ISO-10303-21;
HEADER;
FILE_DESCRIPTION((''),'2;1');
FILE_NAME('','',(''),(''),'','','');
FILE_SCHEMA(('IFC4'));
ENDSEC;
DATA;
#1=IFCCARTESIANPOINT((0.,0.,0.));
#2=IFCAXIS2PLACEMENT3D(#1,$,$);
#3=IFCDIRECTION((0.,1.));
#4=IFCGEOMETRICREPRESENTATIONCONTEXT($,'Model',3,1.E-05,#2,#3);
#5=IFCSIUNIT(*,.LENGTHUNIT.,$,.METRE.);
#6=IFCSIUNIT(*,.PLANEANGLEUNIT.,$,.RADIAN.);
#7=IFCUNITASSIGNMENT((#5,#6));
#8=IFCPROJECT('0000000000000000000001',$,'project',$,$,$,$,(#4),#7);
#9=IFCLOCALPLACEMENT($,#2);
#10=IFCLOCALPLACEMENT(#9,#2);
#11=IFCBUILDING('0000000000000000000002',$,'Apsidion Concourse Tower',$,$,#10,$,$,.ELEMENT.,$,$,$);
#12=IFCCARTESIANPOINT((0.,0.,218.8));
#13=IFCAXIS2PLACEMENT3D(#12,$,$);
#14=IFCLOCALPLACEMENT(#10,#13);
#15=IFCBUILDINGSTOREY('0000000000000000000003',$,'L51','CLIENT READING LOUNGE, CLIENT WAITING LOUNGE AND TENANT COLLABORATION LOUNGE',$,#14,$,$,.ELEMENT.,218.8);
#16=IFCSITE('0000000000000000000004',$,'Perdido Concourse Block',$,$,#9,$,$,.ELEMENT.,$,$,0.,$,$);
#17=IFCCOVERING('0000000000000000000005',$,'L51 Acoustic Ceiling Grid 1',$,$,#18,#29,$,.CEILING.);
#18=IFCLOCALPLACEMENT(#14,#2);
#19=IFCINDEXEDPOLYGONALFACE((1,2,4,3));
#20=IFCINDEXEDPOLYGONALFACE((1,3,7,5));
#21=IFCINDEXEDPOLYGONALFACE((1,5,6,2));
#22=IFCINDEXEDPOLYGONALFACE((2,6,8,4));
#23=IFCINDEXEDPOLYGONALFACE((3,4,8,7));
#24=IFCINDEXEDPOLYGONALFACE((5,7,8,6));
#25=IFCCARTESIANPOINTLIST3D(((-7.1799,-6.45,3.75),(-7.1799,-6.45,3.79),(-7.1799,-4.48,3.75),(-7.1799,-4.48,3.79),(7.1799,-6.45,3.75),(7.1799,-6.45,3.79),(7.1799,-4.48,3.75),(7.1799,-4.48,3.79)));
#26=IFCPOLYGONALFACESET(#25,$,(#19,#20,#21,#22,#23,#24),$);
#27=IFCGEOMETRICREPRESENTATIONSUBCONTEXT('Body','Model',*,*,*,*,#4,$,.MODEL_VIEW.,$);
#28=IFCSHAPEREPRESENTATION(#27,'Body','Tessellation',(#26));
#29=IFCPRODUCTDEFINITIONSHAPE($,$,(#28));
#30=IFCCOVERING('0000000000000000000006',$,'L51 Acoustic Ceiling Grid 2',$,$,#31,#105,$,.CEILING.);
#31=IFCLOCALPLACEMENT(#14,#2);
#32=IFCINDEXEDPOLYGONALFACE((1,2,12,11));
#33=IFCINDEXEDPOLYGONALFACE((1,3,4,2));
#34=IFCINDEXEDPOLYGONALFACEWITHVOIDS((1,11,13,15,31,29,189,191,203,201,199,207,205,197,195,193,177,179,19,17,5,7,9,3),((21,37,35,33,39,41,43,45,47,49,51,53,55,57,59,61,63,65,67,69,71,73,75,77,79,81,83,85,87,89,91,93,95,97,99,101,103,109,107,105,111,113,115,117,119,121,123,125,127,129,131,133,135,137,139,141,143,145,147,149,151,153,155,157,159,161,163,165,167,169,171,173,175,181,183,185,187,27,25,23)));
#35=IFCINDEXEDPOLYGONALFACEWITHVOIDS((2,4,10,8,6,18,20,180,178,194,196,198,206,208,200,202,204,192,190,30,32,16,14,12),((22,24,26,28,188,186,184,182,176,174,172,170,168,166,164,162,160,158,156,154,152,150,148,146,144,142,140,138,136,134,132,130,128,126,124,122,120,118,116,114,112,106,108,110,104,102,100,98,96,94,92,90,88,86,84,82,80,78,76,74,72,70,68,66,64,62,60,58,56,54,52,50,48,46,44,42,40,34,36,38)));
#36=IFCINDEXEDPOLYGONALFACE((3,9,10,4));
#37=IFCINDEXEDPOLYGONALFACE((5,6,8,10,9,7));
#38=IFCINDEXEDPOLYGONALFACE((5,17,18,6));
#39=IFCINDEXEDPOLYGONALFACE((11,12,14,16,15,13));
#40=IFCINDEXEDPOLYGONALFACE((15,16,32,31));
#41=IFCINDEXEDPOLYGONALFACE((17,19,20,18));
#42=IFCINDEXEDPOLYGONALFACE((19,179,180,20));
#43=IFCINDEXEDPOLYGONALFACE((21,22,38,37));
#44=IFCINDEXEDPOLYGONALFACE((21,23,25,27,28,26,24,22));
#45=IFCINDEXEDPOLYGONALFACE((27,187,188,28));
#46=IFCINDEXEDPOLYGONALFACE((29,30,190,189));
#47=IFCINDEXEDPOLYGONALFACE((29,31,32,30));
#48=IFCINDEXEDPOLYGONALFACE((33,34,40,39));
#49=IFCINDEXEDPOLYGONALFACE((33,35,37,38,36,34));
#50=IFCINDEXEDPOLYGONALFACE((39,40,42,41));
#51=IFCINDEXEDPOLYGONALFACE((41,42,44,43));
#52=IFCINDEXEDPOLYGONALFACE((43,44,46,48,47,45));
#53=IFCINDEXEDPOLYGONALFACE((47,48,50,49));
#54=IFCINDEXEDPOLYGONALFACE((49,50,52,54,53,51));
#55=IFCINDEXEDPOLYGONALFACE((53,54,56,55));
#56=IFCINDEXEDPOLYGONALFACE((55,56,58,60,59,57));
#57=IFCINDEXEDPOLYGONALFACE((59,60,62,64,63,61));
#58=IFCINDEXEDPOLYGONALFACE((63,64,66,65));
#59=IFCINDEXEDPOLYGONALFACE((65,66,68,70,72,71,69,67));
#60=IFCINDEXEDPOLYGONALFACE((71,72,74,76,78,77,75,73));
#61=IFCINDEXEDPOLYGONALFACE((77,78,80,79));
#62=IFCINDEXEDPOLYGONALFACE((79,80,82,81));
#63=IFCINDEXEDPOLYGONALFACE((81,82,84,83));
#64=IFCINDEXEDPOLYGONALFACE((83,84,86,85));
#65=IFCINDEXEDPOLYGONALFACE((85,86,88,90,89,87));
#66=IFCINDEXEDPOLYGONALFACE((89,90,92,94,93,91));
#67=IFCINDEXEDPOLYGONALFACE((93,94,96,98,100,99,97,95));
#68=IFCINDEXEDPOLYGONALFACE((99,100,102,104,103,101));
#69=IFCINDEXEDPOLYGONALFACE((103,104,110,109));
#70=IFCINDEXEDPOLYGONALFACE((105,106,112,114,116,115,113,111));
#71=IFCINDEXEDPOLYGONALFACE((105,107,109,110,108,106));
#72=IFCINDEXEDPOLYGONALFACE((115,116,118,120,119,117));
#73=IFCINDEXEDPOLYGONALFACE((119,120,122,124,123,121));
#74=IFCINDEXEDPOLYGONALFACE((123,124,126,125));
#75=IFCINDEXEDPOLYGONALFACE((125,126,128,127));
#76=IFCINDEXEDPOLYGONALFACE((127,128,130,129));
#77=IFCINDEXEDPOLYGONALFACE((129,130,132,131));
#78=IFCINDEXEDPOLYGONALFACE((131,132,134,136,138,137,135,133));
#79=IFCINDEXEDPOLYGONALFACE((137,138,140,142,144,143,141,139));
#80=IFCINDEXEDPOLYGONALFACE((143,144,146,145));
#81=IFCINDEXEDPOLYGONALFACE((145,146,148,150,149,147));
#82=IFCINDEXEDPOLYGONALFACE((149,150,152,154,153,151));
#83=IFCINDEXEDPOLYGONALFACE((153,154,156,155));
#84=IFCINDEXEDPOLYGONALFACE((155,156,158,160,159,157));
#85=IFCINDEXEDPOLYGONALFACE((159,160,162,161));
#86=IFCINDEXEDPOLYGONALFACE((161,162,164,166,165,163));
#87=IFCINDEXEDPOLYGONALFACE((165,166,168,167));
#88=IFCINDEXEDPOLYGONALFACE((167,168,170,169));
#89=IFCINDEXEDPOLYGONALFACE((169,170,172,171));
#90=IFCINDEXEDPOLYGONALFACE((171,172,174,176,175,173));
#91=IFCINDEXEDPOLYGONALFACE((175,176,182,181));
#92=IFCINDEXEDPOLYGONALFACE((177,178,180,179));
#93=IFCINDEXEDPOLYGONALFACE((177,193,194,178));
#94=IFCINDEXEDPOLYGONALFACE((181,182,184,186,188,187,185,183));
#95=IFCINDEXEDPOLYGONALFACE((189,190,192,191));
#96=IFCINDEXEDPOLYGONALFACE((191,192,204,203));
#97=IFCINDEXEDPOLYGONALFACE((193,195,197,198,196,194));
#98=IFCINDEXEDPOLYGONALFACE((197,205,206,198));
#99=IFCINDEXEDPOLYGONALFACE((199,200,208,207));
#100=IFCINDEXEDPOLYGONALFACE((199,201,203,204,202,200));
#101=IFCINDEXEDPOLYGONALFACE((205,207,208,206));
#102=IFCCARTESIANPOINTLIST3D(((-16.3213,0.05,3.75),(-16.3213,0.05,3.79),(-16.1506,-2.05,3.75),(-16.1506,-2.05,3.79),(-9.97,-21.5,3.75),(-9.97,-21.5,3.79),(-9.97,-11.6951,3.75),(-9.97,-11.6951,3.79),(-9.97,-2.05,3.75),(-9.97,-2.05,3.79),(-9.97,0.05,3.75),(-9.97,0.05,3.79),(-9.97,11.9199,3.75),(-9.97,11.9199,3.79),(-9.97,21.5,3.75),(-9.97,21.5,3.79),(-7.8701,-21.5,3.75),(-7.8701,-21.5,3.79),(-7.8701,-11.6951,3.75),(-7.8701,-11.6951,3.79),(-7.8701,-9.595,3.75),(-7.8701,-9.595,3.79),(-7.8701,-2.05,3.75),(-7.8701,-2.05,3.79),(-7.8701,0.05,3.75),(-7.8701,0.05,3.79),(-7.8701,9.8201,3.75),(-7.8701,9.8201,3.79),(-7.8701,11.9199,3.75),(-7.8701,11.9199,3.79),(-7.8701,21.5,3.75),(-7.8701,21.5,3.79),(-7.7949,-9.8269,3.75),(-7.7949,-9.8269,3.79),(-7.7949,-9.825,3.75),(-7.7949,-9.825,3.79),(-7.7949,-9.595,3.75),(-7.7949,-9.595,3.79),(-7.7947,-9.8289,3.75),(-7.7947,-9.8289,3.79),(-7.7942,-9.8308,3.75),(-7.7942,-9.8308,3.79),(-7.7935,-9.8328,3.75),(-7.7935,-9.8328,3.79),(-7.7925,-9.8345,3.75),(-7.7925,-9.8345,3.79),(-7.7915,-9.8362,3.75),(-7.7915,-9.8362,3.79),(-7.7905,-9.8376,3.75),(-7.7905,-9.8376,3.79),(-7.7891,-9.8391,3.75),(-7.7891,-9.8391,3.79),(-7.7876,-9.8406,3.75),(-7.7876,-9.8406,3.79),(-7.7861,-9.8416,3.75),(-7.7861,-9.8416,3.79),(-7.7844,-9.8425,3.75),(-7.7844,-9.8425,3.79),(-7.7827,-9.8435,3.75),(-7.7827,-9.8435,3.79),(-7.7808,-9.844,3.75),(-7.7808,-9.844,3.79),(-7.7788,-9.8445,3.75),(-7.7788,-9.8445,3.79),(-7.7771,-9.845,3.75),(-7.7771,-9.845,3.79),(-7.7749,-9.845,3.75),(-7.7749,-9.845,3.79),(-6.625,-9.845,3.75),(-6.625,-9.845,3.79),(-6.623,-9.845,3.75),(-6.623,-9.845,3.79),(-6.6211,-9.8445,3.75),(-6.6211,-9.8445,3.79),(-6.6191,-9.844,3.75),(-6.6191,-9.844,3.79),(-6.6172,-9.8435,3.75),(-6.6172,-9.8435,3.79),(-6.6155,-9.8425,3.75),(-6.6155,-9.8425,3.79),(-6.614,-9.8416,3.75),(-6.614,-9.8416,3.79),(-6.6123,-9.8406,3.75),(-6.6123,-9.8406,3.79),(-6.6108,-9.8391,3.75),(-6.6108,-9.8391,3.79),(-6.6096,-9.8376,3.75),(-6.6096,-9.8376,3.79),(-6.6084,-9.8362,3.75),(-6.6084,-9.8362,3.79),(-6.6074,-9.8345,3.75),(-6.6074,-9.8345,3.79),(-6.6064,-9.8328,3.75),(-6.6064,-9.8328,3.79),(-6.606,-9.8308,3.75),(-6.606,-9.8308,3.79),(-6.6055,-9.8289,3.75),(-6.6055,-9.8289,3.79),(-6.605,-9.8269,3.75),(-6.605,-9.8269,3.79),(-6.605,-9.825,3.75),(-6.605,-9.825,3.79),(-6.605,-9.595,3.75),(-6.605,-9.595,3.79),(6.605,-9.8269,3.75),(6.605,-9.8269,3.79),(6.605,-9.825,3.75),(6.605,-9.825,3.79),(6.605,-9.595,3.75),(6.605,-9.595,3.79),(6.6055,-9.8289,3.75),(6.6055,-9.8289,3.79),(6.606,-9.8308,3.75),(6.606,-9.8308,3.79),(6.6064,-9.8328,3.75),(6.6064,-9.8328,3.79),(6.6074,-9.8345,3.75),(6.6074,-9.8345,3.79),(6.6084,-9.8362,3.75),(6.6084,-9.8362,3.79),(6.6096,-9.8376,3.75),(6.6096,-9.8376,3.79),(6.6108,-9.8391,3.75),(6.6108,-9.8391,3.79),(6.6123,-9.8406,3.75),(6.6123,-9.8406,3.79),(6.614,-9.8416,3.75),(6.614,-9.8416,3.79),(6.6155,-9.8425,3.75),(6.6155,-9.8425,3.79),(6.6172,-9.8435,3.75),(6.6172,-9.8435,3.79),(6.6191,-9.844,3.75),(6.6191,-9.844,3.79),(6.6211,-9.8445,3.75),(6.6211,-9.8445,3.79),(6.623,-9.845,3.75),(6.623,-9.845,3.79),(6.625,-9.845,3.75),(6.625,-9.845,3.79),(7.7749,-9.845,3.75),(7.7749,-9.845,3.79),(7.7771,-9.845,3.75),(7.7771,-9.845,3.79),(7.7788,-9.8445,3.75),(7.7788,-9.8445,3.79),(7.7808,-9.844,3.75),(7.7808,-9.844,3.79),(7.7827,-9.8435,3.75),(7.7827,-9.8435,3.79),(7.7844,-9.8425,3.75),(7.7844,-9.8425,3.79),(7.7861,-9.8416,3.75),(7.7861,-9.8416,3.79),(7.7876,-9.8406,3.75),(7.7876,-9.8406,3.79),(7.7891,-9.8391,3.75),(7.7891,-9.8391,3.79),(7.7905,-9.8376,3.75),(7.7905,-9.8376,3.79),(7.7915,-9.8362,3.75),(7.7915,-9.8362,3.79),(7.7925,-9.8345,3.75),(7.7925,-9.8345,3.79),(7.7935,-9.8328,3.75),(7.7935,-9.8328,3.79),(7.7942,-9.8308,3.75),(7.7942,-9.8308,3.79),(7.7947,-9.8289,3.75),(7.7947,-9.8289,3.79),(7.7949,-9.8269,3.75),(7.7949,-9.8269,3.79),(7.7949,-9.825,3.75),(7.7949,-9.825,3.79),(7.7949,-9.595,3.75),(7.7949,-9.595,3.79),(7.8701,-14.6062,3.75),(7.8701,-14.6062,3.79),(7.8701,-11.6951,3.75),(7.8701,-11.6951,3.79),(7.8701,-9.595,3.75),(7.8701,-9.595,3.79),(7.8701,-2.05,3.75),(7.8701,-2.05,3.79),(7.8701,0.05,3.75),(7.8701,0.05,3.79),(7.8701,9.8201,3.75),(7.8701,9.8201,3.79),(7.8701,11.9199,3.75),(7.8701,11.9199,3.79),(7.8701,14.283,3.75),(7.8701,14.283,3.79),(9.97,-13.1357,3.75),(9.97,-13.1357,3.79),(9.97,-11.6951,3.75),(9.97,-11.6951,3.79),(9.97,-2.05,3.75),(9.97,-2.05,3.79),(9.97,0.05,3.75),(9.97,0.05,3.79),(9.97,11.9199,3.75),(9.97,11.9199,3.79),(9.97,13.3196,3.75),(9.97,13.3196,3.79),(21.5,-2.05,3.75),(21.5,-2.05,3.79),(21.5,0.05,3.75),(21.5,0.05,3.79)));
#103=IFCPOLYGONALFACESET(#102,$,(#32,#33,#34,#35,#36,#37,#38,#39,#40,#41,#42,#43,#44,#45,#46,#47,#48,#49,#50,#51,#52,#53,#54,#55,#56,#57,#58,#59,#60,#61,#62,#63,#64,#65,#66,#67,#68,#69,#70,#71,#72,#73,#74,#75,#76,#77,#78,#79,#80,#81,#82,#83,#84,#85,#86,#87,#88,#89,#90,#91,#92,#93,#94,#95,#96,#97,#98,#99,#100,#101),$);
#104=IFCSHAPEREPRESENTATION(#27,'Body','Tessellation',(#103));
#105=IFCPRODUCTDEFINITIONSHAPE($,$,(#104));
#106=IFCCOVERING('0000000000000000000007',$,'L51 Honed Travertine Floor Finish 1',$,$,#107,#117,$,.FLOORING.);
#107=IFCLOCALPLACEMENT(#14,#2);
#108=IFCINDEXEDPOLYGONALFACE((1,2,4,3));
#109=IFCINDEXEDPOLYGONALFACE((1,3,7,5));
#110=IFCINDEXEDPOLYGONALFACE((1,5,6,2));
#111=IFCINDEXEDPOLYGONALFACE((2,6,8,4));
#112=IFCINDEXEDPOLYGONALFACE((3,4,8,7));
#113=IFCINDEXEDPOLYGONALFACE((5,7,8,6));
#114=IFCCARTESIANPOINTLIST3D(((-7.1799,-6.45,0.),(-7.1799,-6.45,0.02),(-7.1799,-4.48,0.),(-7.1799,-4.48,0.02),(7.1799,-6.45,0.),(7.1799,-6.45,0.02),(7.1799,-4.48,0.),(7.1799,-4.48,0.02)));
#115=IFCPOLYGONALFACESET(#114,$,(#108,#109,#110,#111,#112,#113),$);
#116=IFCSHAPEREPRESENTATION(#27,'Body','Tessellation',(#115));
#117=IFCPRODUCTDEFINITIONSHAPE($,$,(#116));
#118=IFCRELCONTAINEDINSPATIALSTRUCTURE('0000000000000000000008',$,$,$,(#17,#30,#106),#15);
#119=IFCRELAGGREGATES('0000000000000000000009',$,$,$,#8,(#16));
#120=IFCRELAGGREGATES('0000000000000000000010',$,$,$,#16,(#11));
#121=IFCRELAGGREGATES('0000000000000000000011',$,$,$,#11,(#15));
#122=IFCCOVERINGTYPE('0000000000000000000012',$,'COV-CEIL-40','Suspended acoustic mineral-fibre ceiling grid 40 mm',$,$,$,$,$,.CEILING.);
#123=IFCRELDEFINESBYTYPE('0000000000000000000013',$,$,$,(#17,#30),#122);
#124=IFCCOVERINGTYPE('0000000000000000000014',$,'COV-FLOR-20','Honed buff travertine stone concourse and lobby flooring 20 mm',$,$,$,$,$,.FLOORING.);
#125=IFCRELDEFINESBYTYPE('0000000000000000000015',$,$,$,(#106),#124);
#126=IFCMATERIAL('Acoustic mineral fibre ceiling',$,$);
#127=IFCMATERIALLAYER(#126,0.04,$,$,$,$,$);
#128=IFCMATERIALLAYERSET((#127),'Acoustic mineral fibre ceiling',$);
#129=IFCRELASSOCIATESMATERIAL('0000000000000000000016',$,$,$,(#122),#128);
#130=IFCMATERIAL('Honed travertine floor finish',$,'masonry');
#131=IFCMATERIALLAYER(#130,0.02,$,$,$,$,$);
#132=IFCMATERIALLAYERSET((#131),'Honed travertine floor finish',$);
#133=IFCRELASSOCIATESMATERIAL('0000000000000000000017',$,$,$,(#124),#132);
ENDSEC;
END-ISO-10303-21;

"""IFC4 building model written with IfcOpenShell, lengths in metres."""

from ifc_helpers import new_model, si_unit, direction, frame, origin, place, context, subcontext, project, spatial, polyline, outline, extrude, material, layer, layer_set, type_object, element, save


model = new_model("IFC4")

# Units and contexts
model_context = context("Model", 3, precision=1e-05, world=origin(), true_north=direction((0.0, 1.0)))
body_context = subcontext(model_context, "Body", "Model", "MODEL_VIEW")
ifc_project = project(units=[si_unit("LENGTHUNIT", "METRE"), si_unit("PLANEANGLEUNIT", "RADIAN")], contexts=[model_context])

# Site, building, storey
site_placement = place(None, origin())
site = spatial("IfcSite", under=ifc_project, at=site_placement, Name="Perdido Concourse Block", CompositionType="ELEMENT", RefElevation=0.0)
building_placement = place(site_placement, origin())
building = spatial("IfcBuilding", under=site, at=building_placement, Name="Apsidion Concourse Tower", CompositionType="ELEMENT")
storey_placement = place(building_placement, frame((0.0, 0.0, 218.8)))
storey = spatial("IfcBuildingStorey", under=building, at=storey_placement, Name="L51", Description="CLIENT READING LOUNGE, CLIENT WAITING LOUNGE AND TENANT COLLABORATION LOUNGE", CompositionType="ELEMENT", Elevation=218.8)

# Coverings
ifc_material_1 = material(Name="Acoustic mineral fibre ceiling")
ifc_layer_1 = layer(ifc_material_1, 0.04)
ifc_layer_set_1 = layer_set([ifc_layer_1], Name="Acoustic mineral fibre ceiling")
covering_type_1 = type_object("IfcCoveringType", Name="COV-CEIL-40", Description="Suspended acoustic mineral-fibre ceiling grid 40 mm", PredefinedType="CEILING", material=ifc_layer_set_1)
covering_1_placement = place(storey_placement, frame((0.0, 0.0, 3.75)))
element("IfcCovering", 1, at=covering_1_placement, inside=storey, type_object=covering_type_1, Name="L51 Acoustic Ceiling Grid 1", PredefinedType="CEILING", context=body_context, shape_type="SweptSolid", body=[
    extrude(outline(polyline([(-7.1799, -6.45), (-7.1799, -4.48), (7.1799, -4.48), (7.1799, -6.45), (-7.1799, -6.45)])), origin(), (0.0, 0.0, 1.0), 0.04),
])
covering_2_placement = place(storey_placement, frame((0.0, 0.0, 3.75)))
element("IfcCovering", 2, at=covering_2_placement, inside=storey, type_object=covering_type_1, Name="L51 Acoustic Ceiling Grid 2", PredefinedType="CEILING", context=body_context, shape_type="SweptSolid", body=[
    extrude(outline(polyline([(9.97, -13.1357), (7.8701, -14.6062), (7.8701, -11.6951), (-7.8701, -11.6951), (-7.8701, -21.5), (-9.97, -21.5), (-9.97, -11.6951), (-9.97, -2.05), (-16.1506, -2.05), (-16.3213, 0.05), (-9.97, 0.05), (-9.97, 11.9199), (-9.97, 21.5), (-7.8701, 21.5), (-7.8701, 11.9199), (7.8701, 11.9199), (7.8701, 14.283), (9.97, 13.3196), (9.97, 11.9199), (9.97, 0.05), (21.5, 0.05), (21.5, -2.05), (9.97, -2.05), (9.97, -11.6951), (9.97, -13.1357)]), holes=[polyline([(7.8701, -2.05), (7.8701, 0.05), (7.8701, 9.8201), (-7.8701, 9.8201), (-7.8701, 0.05), (-7.8701, -2.05), (-7.8701, -9.595), (-7.7949, -9.595), (-7.7949, -9.825), (-7.7949, -9.8269), (-7.7947, -9.8289), (-7.7942, -9.8308), (-7.7935, -9.8328), (-7.7925, -9.8345), (-7.7915, -9.8362), (-7.7905, -9.8376), (-7.7891, -9.8391), (-7.7876, -9.8406), (-7.7861, -9.8416), (-7.7844, -9.8425), (-7.7827, -9.8435), (-7.7808, -9.844), (-7.7788, -9.8445), (-7.7771, -9.845), (-7.7749, -9.845), (-6.625, -9.845), (-6.623, -9.845), (-6.6211, -9.8445), (-6.6191, -9.844), (-6.6172, -9.8435), (-6.6155, -9.8425), (-6.614, -9.8416), (-6.6123, -9.8406), (-6.6108, -9.8391), (-6.6096, -9.8376), (-6.6084, -9.8362), (-6.6074, -9.8345), (-6.6064, -9.8328), (-6.606, -9.8308), (-6.6055, -9.8289), (-6.605, -9.8269), (-6.605, -9.825), (-6.605, -9.595), (6.605, -9.595), (6.605, -9.825), (6.605, -9.8269), (6.6055, -9.8289), (6.606, -9.8308), (6.6064, -9.8328), (6.6074, -9.8345), (6.6084, -9.8362), (6.6096, -9.8376), (6.6108, -9.8391), (6.6123, -9.8406), (6.614, -9.8416), (6.6155, -9.8425), (6.6172, -9.8435), (6.6191, -9.844), (6.6211, -9.8445), (6.623, -9.845), (6.625, -9.845), (7.7749, -9.845), (7.7771, -9.845), (7.7788, -9.8445), (7.7808, -9.844), (7.7827, -9.8435), (7.7844, -9.8425), (7.7861, -9.8416), (7.7876, -9.8406), (7.7891, -9.8391), (7.7905, -9.8376), (7.7915, -9.8362), (7.7925, -9.8345), (7.7935, -9.8328), (7.7942, -9.8308), (7.7947, -9.8289), (7.7949, -9.8269), (7.7949, -9.825), (7.7949, -9.595), (7.8701, -9.595), (7.8701, -2.05)])]), origin(), (0.0, 0.0, 1.0), 0.04),
])
ifc_material_2 = material(Name="Honed travertine floor finish", Category="masonry")
ifc_layer_2 = layer(ifc_material_2, 0.02)
ifc_layer_set_2 = layer_set([ifc_layer_2], Name="Honed travertine floor finish")
covering_type_2 = type_object("IfcCoveringType", Name="COV-FLOR-20", Description="Honed buff travertine stone concourse and lobby flooring 20 mm", PredefinedType="FLOORING", material=ifc_layer_set_2)
covering_3_placement = place(storey_placement, origin())
element("IfcCovering", 3, at=covering_3_placement, inside=storey, type_object=covering_type_2, Name="L51 Honed Travertine Floor Finish 1", PredefinedType="FLOORING", context=body_context, shape_type="SweptSolid", body=[
    extrude(outline(polyline([(-7.1799, -6.45), (-7.1799, -4.48), (7.1799, -4.48), (7.1799, -6.45), (-7.1799, -6.45)])), origin(), (0.0, 0.0, 1.0), 0.02),
])

save(model, "model.ifc")
